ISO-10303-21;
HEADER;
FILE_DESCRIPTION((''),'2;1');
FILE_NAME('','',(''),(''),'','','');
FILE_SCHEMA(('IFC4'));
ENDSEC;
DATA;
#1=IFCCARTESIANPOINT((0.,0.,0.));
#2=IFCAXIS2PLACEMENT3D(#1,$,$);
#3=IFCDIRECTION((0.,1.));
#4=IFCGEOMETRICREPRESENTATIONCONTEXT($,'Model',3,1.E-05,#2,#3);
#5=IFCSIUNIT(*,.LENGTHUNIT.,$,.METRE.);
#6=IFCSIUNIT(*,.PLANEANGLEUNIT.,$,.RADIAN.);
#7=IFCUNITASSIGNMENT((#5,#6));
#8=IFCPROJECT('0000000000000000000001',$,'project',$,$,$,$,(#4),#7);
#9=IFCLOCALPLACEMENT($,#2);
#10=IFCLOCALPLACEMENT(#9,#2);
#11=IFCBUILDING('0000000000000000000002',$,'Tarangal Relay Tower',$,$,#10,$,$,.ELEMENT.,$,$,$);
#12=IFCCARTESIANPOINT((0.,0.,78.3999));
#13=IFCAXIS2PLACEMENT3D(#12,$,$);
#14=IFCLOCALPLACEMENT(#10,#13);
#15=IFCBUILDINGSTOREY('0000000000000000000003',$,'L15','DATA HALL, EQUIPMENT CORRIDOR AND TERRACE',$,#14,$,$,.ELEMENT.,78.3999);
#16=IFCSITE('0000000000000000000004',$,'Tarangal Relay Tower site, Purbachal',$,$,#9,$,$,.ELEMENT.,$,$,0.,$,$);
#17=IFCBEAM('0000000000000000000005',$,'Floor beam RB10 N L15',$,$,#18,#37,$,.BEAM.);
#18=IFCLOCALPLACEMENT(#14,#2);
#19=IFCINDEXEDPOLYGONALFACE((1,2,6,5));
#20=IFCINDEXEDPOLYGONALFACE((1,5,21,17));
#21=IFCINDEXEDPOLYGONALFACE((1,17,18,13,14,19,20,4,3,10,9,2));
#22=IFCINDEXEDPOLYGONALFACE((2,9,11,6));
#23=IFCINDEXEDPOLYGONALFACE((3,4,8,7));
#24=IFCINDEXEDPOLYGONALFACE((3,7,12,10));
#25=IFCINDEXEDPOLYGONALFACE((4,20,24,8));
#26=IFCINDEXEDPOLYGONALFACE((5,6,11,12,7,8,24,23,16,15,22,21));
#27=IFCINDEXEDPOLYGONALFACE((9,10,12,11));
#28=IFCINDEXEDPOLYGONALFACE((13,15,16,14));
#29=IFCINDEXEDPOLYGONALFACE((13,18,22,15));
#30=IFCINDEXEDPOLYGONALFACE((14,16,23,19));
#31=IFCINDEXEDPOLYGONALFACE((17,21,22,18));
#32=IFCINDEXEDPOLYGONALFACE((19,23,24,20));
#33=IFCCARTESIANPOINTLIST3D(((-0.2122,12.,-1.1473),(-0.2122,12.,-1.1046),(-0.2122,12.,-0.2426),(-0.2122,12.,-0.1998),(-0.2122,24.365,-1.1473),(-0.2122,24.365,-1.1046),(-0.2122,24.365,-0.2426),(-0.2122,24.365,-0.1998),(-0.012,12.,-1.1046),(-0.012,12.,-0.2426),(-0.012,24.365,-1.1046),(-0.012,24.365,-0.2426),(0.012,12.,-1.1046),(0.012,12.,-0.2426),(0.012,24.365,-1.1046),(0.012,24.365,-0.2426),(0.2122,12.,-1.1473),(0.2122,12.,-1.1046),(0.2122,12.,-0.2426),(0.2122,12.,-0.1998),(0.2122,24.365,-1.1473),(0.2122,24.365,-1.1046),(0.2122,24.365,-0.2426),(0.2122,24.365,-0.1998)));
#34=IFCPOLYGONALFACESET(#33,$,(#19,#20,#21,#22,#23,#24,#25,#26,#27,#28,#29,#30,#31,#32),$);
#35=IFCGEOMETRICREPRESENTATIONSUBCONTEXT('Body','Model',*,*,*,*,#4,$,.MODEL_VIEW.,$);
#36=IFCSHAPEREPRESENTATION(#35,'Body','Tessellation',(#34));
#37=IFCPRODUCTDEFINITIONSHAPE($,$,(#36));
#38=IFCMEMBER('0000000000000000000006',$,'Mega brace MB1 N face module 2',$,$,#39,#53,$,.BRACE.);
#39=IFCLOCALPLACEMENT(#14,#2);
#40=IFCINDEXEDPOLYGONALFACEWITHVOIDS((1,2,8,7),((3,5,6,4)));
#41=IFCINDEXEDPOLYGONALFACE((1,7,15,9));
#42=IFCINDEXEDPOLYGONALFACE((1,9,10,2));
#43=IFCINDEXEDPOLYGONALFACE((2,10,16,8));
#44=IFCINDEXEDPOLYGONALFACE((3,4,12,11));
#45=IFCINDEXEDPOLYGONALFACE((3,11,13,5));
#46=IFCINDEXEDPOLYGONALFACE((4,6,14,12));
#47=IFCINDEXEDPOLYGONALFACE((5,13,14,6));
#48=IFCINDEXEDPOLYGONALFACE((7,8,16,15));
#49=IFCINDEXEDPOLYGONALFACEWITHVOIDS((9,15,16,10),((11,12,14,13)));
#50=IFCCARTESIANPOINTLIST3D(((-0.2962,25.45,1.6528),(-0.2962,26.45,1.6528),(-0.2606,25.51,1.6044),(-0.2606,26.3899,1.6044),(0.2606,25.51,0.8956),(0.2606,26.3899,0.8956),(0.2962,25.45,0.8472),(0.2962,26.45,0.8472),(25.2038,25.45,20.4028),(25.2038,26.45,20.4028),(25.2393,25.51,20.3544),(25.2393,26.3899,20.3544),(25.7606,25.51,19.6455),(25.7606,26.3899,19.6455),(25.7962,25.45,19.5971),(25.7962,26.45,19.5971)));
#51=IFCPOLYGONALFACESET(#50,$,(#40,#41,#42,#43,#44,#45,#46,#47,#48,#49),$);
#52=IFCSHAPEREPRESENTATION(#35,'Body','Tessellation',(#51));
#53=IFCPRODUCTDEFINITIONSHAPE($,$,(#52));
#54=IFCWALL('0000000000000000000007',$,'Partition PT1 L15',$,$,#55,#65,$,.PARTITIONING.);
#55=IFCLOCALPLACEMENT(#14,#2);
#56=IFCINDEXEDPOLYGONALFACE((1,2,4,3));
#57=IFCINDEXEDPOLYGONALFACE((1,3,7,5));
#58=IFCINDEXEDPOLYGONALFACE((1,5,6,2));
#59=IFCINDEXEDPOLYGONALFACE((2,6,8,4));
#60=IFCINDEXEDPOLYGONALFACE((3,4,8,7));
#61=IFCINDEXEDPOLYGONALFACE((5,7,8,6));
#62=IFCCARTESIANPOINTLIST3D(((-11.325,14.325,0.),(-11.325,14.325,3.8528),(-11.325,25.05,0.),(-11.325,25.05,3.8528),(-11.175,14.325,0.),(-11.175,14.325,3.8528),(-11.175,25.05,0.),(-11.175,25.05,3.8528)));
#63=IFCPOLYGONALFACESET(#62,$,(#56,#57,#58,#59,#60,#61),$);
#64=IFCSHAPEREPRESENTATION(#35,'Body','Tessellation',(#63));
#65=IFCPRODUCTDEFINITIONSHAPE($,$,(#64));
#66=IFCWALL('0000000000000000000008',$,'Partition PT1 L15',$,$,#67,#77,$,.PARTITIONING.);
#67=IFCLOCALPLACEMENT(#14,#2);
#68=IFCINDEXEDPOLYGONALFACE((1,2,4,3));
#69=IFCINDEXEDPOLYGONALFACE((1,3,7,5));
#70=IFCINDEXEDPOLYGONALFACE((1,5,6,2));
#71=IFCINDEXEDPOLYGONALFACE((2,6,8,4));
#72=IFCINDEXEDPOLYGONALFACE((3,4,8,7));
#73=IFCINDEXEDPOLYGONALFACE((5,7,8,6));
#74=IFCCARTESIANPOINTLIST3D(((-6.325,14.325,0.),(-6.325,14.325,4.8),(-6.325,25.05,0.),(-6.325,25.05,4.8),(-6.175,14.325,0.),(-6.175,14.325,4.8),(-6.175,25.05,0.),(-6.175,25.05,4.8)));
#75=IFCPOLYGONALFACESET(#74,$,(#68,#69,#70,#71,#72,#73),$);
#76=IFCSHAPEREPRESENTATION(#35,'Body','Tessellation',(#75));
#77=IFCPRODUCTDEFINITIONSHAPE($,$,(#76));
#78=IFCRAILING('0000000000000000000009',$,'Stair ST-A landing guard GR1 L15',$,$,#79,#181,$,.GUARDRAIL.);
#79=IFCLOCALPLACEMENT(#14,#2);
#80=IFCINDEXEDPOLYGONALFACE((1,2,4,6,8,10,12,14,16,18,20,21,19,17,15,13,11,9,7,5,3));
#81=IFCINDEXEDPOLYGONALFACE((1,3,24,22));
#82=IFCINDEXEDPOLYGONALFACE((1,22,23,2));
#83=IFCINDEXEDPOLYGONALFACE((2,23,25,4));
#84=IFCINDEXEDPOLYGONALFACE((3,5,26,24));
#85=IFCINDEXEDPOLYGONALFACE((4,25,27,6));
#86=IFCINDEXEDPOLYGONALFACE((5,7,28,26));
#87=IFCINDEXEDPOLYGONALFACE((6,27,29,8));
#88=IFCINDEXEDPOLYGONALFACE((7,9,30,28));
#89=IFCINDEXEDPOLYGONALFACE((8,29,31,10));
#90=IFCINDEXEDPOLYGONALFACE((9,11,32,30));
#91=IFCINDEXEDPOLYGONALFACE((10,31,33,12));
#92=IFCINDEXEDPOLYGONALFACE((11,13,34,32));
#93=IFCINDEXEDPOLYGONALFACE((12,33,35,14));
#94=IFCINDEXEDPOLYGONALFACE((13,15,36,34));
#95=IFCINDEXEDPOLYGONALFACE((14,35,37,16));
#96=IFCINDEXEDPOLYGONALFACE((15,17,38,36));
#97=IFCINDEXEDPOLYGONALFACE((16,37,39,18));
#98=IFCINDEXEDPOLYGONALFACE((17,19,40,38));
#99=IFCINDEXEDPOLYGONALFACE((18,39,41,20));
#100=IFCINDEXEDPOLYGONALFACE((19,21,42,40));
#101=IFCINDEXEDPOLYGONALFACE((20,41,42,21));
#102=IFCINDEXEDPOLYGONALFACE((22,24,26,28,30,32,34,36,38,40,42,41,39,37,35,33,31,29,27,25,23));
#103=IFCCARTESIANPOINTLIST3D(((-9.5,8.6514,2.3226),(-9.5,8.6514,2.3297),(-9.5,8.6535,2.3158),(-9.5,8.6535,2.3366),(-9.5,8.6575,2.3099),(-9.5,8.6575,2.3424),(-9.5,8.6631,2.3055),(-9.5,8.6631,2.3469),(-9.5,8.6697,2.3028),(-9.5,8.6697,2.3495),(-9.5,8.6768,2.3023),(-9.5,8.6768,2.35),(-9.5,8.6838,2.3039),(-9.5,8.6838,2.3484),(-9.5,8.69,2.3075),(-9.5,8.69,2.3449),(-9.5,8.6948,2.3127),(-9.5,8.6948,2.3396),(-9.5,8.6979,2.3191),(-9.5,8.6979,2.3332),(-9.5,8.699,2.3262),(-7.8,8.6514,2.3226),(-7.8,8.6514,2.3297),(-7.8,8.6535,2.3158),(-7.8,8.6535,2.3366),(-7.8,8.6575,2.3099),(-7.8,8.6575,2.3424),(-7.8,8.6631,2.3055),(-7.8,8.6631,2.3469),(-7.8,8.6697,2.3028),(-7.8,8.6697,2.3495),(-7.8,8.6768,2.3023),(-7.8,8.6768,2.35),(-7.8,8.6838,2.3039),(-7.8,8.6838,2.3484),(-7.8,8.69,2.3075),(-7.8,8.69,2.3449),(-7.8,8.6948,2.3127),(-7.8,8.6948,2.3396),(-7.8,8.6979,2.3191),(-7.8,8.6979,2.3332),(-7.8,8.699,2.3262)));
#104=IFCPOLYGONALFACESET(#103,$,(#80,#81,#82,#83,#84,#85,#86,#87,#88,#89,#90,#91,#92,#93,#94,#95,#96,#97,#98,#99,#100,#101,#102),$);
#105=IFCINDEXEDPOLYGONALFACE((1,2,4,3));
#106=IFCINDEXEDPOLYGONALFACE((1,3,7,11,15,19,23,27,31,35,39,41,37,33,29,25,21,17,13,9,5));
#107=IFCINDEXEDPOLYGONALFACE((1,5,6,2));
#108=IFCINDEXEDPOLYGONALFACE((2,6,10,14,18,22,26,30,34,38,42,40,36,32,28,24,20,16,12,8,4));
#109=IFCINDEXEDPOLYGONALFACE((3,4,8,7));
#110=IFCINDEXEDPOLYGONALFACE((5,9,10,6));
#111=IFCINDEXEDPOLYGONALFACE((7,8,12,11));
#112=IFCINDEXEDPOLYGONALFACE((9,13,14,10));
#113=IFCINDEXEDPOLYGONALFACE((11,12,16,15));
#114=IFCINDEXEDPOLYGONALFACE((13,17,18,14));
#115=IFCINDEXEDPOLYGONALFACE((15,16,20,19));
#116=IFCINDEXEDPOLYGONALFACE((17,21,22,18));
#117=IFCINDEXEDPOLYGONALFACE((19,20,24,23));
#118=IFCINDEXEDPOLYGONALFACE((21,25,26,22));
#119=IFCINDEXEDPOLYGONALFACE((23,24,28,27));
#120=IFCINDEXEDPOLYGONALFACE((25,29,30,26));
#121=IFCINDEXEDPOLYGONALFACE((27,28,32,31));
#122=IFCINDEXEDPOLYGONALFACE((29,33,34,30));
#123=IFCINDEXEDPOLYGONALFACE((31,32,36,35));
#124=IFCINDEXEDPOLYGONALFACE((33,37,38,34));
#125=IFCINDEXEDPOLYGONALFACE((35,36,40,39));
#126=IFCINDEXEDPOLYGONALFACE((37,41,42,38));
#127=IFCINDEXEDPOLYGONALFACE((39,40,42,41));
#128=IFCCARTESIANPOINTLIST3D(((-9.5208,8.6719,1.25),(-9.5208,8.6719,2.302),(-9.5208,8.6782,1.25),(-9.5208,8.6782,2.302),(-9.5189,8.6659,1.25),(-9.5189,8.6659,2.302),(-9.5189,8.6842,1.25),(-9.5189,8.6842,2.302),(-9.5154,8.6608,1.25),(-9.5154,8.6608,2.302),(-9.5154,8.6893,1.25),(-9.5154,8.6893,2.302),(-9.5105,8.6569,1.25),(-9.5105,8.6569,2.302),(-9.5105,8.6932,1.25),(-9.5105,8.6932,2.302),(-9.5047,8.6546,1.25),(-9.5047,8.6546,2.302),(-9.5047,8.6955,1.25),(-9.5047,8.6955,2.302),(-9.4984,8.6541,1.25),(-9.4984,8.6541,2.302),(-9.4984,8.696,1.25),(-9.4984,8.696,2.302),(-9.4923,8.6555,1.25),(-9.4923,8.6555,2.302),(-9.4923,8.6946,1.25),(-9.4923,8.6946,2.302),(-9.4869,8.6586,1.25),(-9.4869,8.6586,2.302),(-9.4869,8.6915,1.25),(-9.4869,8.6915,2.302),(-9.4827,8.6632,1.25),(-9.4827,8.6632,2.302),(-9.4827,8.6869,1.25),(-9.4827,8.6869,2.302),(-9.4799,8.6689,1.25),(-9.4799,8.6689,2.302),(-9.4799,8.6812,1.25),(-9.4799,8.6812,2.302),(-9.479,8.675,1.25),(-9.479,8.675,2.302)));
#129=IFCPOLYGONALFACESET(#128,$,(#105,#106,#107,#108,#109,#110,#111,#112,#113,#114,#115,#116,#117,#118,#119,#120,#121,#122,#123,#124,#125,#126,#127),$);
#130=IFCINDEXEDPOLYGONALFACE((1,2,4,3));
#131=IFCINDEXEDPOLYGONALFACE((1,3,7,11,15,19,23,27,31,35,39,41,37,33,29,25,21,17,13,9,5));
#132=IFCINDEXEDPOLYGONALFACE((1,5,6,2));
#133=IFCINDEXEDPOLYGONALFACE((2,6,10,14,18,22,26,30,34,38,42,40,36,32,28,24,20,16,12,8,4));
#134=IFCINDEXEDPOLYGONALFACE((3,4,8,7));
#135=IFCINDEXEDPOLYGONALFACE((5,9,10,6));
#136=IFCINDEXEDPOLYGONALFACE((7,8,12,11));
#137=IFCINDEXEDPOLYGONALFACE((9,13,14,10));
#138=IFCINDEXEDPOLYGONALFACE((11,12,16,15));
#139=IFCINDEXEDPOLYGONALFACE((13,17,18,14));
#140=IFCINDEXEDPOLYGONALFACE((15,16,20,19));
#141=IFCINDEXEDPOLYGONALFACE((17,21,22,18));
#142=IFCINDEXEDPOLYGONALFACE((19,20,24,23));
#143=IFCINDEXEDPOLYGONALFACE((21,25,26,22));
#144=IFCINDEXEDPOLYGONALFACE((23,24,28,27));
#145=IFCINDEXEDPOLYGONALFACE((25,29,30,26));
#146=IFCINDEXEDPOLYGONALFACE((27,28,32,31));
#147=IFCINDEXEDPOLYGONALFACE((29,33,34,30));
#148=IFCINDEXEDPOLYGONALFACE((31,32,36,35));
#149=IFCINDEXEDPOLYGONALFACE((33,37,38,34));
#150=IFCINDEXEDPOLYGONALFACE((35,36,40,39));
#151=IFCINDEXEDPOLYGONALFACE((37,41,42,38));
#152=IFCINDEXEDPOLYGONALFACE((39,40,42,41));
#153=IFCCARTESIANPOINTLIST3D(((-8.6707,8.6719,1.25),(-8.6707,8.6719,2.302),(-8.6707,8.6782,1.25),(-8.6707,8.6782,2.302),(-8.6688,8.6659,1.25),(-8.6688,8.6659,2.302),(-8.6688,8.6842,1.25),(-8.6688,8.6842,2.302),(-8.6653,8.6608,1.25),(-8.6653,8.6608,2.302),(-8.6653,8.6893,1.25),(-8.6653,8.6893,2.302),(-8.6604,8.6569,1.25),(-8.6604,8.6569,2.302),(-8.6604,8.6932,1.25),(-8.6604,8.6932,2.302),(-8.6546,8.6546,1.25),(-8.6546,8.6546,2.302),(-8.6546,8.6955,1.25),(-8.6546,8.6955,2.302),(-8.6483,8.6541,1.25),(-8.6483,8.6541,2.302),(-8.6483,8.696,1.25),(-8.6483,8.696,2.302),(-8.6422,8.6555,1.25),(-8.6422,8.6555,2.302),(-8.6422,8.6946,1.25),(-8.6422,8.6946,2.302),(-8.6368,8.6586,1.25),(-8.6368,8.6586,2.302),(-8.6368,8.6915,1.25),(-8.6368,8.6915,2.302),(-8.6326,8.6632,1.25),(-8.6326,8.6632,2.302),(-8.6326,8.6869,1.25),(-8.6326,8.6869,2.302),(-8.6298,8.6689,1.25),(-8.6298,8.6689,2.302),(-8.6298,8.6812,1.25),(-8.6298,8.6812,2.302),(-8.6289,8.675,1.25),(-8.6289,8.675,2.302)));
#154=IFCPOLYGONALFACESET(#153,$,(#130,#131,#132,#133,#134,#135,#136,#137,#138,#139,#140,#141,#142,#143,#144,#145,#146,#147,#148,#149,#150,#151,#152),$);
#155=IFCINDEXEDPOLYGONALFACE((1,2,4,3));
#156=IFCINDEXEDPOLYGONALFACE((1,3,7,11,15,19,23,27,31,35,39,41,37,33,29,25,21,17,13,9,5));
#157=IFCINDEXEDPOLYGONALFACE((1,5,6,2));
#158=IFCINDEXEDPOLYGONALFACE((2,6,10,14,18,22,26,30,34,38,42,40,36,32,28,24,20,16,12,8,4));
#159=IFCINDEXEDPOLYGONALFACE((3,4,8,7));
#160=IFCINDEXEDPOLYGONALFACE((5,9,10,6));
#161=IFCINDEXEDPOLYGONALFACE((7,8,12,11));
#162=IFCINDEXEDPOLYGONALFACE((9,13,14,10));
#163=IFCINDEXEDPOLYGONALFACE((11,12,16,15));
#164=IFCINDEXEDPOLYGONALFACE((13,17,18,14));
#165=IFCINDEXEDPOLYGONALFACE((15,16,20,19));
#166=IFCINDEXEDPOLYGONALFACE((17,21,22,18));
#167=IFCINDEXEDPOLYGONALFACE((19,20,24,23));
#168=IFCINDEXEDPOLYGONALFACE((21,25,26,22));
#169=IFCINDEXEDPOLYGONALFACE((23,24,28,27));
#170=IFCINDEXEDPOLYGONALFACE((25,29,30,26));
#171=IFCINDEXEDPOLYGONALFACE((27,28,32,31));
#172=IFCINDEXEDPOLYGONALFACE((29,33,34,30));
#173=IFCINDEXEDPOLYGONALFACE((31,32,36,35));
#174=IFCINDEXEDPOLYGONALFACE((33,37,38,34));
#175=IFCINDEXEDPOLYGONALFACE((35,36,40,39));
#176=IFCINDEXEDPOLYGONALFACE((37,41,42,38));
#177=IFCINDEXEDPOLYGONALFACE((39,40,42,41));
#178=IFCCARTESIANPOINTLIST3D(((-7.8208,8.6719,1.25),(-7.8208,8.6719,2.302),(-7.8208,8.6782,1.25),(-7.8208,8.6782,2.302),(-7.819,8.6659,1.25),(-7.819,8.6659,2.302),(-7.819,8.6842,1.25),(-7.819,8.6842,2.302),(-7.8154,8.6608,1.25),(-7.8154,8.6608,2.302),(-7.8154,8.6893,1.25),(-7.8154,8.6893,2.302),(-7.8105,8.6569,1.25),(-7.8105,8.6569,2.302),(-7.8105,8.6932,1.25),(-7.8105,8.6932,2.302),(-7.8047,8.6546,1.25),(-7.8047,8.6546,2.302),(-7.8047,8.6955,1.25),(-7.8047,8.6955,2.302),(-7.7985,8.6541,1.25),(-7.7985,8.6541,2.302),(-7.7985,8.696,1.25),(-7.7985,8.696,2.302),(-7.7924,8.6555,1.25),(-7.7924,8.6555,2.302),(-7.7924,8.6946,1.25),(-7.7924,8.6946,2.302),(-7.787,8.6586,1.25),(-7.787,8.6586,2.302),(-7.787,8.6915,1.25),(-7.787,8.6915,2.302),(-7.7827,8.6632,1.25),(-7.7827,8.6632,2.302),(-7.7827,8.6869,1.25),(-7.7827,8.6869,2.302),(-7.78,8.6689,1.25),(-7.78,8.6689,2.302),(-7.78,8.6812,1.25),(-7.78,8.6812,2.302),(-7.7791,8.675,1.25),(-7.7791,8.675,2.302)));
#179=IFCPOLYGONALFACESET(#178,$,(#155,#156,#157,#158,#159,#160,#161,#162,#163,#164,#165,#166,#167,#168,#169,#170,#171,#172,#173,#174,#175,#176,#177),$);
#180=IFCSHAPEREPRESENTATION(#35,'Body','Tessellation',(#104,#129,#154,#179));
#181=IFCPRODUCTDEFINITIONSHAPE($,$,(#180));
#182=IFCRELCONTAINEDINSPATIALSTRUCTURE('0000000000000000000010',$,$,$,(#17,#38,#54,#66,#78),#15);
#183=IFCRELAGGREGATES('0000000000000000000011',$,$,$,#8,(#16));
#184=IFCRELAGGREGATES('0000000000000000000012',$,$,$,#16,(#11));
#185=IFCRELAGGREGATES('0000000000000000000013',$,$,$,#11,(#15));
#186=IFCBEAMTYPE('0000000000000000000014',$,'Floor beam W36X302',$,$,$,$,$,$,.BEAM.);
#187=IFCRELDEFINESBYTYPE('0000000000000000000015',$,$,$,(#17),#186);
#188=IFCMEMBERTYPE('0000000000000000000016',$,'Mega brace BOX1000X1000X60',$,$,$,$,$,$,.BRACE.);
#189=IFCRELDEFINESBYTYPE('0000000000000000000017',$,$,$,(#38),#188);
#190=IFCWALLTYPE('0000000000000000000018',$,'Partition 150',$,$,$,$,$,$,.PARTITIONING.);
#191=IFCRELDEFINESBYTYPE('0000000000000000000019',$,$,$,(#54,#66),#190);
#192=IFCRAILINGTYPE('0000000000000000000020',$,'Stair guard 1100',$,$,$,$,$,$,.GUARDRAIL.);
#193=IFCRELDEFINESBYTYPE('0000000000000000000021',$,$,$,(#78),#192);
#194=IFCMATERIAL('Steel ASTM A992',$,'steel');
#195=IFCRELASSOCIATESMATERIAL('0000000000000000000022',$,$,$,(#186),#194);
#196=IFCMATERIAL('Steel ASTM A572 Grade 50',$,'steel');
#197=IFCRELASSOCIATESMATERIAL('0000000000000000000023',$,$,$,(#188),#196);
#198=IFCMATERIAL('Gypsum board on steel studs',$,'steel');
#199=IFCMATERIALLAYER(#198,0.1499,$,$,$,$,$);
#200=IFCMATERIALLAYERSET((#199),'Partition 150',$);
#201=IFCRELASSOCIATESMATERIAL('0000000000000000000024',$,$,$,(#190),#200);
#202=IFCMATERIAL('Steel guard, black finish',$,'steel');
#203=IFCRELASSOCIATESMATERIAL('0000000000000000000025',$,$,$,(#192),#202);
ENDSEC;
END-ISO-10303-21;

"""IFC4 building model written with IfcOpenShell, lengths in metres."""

from ifc_helpers import new_model, si_unit, direction, frame, frame_2d, origin, origin_2d, place, context, subcontext, project, spatial, rectangle, hollow_rectangle, circle, i_section, extrude, material, layer, layer_set, material_profile, profile_set, type_object, element, save


model = new_model("IFC4")

# Units and contexts
model_context = context("Model", 3, precision=1e-05, world=origin(), true_north=direction((0.0, 1.0)))
body_context = subcontext(model_context, "Body", "Model", "MODEL_VIEW")
ifc_project = project(units=[si_unit("LENGTHUNIT", "METRE"), si_unit("PLANEANGLEUNIT", "RADIAN")], contexts=[model_context])

# Site, building, storey
site_placement = place(None, origin())
site = spatial("IfcSite", under=ifc_project, at=site_placement, Name="Tarangal Relay Tower site, Purbachal", CompositionType="ELEMENT", RefElevation=0.0)
building_placement = place(site_placement, origin())
building = spatial("IfcBuilding", under=site, at=building_placement, Name="Tarangal Relay Tower", CompositionType="ELEMENT")
storey_placement = place(building_placement, frame((0.0, 0.0, 78.3999)))
storey = spatial("IfcBuildingStorey", under=building, at=storey_placement, Name="L15", Description="DATA HALL, EQUIPMENT CORRIDOR AND TERRACE", CompositionType="ELEMENT", Elevation=78.3999)

# Shared definitions
ifc_material_1 = material(Name="Steel ASTM A572 Grade 50", Category="steel")

# Beam
ifc_material_2 = material(Name="Steel ASTM A992", Category="steel")
ifc_material_profile_1 = material_profile(ifc_material_2, i_section(OverallWidth=0.4243, OverallDepth=0.9475, WebThickness=0.0239, FlangeThickness=0.0427, at=origin_2d()), Name="W36X302")
ifc_profile_set_1 = profile_set([ifc_material_profile_1], Name="Steel ASTM A992")
beam_type_1 = type_object("IfcBeamType", Name="Floor beam W36X302", PredefinedType="BEAM", material=ifc_profile_set_1)
for number, where, z_axis, x_axis, name in (
    (1, (0.0, 12.0, -0.6736), (0.0, 1.0, 0.0), (-1.0, 0.0, 0.0), "Floor beam RB10 N L15"),
):
    element("IfcBeam", number, at=place(storey_placement, frame(where, z_axis=z_axis, x_axis=x_axis)), inside=storey, type_object=beam_type_1, Name=name, PredefinedType="BEAM", context=body_context, shape_type="SweptSolid", body=[
        extrude(i_section(OverallWidth=0.4243, OverallDepth=0.9475, WebThickness=0.0239, FlangeThickness=0.0427, at=origin_2d()), origin(), (0.0, 0.0, 1.0), 12.365),
    ])

# Member
ifc_material_profile_2 = material_profile(ifc_material_1, hollow_rectangle(XDim=1.0, YDim=1.0, WallThickness=0.0601, at=origin_2d()), Name="BOX1000X1000X60")
ifc_profile_set_2 = profile_set([ifc_material_profile_2], Name="Steel ASTM A572 Grade 50")
member_type = type_object("IfcMemberType", Name="Mega brace BOX1000X1000X60", PredefinedType="BRACE", material=ifc_profile_set_2)
member_placement = place(storey_placement, frame((0.0, 25.95, 1.25), z_axis=(0.805651, 0.0, 0.59239), x_axis=(0.0, 1.0, 0.0)))
element("IfcMember", 2, at=member_placement, inside=storey, type_object=member_type, Name="Mega brace MB1 N face module 2", PredefinedType="BRACE", context=body_context, shape_type="SweptSolid", body=[
    extrude(hollow_rectangle(XDim=1.0, YDim=1.0, WallThickness=0.0601, at=origin_2d()), origin(), (0.0, 0.0, 1.0), 31.6514),
])

# Walls
ifc_material_3 = material(Name="Gypsum board on steel studs", Category="steel")
ifc_layer = layer(ifc_material_3, 0.1499)
ifc_layer_set = layer_set([ifc_layer], Name="Partition 150")
wall_type = type_object("IfcWallType", Name="Partition 150", PredefinedType="PARTITIONING", material=ifc_layer_set)
wall_1_placement = place(storey_placement, frame((-11.25, 14.325, 0.0), z_axis=(0.0, 0.0, 1.0), x_axis=(0.0, 1.0, 0.0)))
element("IfcWall", 3, at=wall_1_placement, inside=storey, type_object=wall_type, Name="Partition PT1 L15", PredefinedType="PARTITIONING", context=body_context, shape_type="SweptSolid", body=[
    extrude(rectangle(XDim=10.7251, YDim=0.1499, at=frame_2d((5.3625, 0.0))), origin(), (0.0, 0.0, 1.0), 3.8528),
])
wall_2_placement = place(storey_placement, frame((-6.25, 14.325, 0.0), z_axis=(0.0, 0.0, 1.0), x_axis=(0.0, 1.0, 0.0)))
element("IfcWall", 4, at=wall_2_placement, inside=storey, type_object=wall_type, Name="Partition PT1 L15", PredefinedType="PARTITIONING", context=body_context, shape_type="SweptSolid", body=[
    extrude(rectangle(XDim=10.7251, YDim=0.1499, at=frame_2d((5.3625, 0.0))), origin(), (0.0, 0.0, 1.0), 4.8),
])

# Railing
ifc_material_4 = material(Name="Steel guard, black finish", Category="steel")
railing_type_1 = type_object("IfcRailingType", Name="Stair guard 1100", PredefinedType="GUARDRAIL", material=ifc_material_4)
for number, where, name in (
    (5, (-9.5, 8.675, 1.25), "Stair ST-A landing guard GR1 L15"),
):
    element("IfcRailing", number, at=place(storey_placement, frame(where)), inside=storey, type_object=railing_type_1, Name=name, PredefinedType="GUARDRAIL", context=body_context, shape_type="SweptSolid", body=[
        extrude(circle(Radius=0.0239, at=origin_2d()), frame((0.0, 0.0, 1.0762), z_axis=(1.0, 0.0, 0.0), x_axis=(0.0, 1.0, 0.0)), (0.0, 0.0, 1.0), 1.7),
        extrude(circle(Radius=0.021, at=origin_2d()), origin(), (0.0, 0.0, 1.0), 1.052),
        extrude(circle(Radius=0.021, at=origin_2d()), frame((0.8501, 0.0, 0.0)), (0.0, 0.0, 1.0), 1.052),
        extrude(circle(Radius=0.021, at=origin_2d()), frame((1.7, 0.0, 0.0)), (0.0, 0.0, 1.0), 1.052),
    ])

save(model, "model.ifc")
